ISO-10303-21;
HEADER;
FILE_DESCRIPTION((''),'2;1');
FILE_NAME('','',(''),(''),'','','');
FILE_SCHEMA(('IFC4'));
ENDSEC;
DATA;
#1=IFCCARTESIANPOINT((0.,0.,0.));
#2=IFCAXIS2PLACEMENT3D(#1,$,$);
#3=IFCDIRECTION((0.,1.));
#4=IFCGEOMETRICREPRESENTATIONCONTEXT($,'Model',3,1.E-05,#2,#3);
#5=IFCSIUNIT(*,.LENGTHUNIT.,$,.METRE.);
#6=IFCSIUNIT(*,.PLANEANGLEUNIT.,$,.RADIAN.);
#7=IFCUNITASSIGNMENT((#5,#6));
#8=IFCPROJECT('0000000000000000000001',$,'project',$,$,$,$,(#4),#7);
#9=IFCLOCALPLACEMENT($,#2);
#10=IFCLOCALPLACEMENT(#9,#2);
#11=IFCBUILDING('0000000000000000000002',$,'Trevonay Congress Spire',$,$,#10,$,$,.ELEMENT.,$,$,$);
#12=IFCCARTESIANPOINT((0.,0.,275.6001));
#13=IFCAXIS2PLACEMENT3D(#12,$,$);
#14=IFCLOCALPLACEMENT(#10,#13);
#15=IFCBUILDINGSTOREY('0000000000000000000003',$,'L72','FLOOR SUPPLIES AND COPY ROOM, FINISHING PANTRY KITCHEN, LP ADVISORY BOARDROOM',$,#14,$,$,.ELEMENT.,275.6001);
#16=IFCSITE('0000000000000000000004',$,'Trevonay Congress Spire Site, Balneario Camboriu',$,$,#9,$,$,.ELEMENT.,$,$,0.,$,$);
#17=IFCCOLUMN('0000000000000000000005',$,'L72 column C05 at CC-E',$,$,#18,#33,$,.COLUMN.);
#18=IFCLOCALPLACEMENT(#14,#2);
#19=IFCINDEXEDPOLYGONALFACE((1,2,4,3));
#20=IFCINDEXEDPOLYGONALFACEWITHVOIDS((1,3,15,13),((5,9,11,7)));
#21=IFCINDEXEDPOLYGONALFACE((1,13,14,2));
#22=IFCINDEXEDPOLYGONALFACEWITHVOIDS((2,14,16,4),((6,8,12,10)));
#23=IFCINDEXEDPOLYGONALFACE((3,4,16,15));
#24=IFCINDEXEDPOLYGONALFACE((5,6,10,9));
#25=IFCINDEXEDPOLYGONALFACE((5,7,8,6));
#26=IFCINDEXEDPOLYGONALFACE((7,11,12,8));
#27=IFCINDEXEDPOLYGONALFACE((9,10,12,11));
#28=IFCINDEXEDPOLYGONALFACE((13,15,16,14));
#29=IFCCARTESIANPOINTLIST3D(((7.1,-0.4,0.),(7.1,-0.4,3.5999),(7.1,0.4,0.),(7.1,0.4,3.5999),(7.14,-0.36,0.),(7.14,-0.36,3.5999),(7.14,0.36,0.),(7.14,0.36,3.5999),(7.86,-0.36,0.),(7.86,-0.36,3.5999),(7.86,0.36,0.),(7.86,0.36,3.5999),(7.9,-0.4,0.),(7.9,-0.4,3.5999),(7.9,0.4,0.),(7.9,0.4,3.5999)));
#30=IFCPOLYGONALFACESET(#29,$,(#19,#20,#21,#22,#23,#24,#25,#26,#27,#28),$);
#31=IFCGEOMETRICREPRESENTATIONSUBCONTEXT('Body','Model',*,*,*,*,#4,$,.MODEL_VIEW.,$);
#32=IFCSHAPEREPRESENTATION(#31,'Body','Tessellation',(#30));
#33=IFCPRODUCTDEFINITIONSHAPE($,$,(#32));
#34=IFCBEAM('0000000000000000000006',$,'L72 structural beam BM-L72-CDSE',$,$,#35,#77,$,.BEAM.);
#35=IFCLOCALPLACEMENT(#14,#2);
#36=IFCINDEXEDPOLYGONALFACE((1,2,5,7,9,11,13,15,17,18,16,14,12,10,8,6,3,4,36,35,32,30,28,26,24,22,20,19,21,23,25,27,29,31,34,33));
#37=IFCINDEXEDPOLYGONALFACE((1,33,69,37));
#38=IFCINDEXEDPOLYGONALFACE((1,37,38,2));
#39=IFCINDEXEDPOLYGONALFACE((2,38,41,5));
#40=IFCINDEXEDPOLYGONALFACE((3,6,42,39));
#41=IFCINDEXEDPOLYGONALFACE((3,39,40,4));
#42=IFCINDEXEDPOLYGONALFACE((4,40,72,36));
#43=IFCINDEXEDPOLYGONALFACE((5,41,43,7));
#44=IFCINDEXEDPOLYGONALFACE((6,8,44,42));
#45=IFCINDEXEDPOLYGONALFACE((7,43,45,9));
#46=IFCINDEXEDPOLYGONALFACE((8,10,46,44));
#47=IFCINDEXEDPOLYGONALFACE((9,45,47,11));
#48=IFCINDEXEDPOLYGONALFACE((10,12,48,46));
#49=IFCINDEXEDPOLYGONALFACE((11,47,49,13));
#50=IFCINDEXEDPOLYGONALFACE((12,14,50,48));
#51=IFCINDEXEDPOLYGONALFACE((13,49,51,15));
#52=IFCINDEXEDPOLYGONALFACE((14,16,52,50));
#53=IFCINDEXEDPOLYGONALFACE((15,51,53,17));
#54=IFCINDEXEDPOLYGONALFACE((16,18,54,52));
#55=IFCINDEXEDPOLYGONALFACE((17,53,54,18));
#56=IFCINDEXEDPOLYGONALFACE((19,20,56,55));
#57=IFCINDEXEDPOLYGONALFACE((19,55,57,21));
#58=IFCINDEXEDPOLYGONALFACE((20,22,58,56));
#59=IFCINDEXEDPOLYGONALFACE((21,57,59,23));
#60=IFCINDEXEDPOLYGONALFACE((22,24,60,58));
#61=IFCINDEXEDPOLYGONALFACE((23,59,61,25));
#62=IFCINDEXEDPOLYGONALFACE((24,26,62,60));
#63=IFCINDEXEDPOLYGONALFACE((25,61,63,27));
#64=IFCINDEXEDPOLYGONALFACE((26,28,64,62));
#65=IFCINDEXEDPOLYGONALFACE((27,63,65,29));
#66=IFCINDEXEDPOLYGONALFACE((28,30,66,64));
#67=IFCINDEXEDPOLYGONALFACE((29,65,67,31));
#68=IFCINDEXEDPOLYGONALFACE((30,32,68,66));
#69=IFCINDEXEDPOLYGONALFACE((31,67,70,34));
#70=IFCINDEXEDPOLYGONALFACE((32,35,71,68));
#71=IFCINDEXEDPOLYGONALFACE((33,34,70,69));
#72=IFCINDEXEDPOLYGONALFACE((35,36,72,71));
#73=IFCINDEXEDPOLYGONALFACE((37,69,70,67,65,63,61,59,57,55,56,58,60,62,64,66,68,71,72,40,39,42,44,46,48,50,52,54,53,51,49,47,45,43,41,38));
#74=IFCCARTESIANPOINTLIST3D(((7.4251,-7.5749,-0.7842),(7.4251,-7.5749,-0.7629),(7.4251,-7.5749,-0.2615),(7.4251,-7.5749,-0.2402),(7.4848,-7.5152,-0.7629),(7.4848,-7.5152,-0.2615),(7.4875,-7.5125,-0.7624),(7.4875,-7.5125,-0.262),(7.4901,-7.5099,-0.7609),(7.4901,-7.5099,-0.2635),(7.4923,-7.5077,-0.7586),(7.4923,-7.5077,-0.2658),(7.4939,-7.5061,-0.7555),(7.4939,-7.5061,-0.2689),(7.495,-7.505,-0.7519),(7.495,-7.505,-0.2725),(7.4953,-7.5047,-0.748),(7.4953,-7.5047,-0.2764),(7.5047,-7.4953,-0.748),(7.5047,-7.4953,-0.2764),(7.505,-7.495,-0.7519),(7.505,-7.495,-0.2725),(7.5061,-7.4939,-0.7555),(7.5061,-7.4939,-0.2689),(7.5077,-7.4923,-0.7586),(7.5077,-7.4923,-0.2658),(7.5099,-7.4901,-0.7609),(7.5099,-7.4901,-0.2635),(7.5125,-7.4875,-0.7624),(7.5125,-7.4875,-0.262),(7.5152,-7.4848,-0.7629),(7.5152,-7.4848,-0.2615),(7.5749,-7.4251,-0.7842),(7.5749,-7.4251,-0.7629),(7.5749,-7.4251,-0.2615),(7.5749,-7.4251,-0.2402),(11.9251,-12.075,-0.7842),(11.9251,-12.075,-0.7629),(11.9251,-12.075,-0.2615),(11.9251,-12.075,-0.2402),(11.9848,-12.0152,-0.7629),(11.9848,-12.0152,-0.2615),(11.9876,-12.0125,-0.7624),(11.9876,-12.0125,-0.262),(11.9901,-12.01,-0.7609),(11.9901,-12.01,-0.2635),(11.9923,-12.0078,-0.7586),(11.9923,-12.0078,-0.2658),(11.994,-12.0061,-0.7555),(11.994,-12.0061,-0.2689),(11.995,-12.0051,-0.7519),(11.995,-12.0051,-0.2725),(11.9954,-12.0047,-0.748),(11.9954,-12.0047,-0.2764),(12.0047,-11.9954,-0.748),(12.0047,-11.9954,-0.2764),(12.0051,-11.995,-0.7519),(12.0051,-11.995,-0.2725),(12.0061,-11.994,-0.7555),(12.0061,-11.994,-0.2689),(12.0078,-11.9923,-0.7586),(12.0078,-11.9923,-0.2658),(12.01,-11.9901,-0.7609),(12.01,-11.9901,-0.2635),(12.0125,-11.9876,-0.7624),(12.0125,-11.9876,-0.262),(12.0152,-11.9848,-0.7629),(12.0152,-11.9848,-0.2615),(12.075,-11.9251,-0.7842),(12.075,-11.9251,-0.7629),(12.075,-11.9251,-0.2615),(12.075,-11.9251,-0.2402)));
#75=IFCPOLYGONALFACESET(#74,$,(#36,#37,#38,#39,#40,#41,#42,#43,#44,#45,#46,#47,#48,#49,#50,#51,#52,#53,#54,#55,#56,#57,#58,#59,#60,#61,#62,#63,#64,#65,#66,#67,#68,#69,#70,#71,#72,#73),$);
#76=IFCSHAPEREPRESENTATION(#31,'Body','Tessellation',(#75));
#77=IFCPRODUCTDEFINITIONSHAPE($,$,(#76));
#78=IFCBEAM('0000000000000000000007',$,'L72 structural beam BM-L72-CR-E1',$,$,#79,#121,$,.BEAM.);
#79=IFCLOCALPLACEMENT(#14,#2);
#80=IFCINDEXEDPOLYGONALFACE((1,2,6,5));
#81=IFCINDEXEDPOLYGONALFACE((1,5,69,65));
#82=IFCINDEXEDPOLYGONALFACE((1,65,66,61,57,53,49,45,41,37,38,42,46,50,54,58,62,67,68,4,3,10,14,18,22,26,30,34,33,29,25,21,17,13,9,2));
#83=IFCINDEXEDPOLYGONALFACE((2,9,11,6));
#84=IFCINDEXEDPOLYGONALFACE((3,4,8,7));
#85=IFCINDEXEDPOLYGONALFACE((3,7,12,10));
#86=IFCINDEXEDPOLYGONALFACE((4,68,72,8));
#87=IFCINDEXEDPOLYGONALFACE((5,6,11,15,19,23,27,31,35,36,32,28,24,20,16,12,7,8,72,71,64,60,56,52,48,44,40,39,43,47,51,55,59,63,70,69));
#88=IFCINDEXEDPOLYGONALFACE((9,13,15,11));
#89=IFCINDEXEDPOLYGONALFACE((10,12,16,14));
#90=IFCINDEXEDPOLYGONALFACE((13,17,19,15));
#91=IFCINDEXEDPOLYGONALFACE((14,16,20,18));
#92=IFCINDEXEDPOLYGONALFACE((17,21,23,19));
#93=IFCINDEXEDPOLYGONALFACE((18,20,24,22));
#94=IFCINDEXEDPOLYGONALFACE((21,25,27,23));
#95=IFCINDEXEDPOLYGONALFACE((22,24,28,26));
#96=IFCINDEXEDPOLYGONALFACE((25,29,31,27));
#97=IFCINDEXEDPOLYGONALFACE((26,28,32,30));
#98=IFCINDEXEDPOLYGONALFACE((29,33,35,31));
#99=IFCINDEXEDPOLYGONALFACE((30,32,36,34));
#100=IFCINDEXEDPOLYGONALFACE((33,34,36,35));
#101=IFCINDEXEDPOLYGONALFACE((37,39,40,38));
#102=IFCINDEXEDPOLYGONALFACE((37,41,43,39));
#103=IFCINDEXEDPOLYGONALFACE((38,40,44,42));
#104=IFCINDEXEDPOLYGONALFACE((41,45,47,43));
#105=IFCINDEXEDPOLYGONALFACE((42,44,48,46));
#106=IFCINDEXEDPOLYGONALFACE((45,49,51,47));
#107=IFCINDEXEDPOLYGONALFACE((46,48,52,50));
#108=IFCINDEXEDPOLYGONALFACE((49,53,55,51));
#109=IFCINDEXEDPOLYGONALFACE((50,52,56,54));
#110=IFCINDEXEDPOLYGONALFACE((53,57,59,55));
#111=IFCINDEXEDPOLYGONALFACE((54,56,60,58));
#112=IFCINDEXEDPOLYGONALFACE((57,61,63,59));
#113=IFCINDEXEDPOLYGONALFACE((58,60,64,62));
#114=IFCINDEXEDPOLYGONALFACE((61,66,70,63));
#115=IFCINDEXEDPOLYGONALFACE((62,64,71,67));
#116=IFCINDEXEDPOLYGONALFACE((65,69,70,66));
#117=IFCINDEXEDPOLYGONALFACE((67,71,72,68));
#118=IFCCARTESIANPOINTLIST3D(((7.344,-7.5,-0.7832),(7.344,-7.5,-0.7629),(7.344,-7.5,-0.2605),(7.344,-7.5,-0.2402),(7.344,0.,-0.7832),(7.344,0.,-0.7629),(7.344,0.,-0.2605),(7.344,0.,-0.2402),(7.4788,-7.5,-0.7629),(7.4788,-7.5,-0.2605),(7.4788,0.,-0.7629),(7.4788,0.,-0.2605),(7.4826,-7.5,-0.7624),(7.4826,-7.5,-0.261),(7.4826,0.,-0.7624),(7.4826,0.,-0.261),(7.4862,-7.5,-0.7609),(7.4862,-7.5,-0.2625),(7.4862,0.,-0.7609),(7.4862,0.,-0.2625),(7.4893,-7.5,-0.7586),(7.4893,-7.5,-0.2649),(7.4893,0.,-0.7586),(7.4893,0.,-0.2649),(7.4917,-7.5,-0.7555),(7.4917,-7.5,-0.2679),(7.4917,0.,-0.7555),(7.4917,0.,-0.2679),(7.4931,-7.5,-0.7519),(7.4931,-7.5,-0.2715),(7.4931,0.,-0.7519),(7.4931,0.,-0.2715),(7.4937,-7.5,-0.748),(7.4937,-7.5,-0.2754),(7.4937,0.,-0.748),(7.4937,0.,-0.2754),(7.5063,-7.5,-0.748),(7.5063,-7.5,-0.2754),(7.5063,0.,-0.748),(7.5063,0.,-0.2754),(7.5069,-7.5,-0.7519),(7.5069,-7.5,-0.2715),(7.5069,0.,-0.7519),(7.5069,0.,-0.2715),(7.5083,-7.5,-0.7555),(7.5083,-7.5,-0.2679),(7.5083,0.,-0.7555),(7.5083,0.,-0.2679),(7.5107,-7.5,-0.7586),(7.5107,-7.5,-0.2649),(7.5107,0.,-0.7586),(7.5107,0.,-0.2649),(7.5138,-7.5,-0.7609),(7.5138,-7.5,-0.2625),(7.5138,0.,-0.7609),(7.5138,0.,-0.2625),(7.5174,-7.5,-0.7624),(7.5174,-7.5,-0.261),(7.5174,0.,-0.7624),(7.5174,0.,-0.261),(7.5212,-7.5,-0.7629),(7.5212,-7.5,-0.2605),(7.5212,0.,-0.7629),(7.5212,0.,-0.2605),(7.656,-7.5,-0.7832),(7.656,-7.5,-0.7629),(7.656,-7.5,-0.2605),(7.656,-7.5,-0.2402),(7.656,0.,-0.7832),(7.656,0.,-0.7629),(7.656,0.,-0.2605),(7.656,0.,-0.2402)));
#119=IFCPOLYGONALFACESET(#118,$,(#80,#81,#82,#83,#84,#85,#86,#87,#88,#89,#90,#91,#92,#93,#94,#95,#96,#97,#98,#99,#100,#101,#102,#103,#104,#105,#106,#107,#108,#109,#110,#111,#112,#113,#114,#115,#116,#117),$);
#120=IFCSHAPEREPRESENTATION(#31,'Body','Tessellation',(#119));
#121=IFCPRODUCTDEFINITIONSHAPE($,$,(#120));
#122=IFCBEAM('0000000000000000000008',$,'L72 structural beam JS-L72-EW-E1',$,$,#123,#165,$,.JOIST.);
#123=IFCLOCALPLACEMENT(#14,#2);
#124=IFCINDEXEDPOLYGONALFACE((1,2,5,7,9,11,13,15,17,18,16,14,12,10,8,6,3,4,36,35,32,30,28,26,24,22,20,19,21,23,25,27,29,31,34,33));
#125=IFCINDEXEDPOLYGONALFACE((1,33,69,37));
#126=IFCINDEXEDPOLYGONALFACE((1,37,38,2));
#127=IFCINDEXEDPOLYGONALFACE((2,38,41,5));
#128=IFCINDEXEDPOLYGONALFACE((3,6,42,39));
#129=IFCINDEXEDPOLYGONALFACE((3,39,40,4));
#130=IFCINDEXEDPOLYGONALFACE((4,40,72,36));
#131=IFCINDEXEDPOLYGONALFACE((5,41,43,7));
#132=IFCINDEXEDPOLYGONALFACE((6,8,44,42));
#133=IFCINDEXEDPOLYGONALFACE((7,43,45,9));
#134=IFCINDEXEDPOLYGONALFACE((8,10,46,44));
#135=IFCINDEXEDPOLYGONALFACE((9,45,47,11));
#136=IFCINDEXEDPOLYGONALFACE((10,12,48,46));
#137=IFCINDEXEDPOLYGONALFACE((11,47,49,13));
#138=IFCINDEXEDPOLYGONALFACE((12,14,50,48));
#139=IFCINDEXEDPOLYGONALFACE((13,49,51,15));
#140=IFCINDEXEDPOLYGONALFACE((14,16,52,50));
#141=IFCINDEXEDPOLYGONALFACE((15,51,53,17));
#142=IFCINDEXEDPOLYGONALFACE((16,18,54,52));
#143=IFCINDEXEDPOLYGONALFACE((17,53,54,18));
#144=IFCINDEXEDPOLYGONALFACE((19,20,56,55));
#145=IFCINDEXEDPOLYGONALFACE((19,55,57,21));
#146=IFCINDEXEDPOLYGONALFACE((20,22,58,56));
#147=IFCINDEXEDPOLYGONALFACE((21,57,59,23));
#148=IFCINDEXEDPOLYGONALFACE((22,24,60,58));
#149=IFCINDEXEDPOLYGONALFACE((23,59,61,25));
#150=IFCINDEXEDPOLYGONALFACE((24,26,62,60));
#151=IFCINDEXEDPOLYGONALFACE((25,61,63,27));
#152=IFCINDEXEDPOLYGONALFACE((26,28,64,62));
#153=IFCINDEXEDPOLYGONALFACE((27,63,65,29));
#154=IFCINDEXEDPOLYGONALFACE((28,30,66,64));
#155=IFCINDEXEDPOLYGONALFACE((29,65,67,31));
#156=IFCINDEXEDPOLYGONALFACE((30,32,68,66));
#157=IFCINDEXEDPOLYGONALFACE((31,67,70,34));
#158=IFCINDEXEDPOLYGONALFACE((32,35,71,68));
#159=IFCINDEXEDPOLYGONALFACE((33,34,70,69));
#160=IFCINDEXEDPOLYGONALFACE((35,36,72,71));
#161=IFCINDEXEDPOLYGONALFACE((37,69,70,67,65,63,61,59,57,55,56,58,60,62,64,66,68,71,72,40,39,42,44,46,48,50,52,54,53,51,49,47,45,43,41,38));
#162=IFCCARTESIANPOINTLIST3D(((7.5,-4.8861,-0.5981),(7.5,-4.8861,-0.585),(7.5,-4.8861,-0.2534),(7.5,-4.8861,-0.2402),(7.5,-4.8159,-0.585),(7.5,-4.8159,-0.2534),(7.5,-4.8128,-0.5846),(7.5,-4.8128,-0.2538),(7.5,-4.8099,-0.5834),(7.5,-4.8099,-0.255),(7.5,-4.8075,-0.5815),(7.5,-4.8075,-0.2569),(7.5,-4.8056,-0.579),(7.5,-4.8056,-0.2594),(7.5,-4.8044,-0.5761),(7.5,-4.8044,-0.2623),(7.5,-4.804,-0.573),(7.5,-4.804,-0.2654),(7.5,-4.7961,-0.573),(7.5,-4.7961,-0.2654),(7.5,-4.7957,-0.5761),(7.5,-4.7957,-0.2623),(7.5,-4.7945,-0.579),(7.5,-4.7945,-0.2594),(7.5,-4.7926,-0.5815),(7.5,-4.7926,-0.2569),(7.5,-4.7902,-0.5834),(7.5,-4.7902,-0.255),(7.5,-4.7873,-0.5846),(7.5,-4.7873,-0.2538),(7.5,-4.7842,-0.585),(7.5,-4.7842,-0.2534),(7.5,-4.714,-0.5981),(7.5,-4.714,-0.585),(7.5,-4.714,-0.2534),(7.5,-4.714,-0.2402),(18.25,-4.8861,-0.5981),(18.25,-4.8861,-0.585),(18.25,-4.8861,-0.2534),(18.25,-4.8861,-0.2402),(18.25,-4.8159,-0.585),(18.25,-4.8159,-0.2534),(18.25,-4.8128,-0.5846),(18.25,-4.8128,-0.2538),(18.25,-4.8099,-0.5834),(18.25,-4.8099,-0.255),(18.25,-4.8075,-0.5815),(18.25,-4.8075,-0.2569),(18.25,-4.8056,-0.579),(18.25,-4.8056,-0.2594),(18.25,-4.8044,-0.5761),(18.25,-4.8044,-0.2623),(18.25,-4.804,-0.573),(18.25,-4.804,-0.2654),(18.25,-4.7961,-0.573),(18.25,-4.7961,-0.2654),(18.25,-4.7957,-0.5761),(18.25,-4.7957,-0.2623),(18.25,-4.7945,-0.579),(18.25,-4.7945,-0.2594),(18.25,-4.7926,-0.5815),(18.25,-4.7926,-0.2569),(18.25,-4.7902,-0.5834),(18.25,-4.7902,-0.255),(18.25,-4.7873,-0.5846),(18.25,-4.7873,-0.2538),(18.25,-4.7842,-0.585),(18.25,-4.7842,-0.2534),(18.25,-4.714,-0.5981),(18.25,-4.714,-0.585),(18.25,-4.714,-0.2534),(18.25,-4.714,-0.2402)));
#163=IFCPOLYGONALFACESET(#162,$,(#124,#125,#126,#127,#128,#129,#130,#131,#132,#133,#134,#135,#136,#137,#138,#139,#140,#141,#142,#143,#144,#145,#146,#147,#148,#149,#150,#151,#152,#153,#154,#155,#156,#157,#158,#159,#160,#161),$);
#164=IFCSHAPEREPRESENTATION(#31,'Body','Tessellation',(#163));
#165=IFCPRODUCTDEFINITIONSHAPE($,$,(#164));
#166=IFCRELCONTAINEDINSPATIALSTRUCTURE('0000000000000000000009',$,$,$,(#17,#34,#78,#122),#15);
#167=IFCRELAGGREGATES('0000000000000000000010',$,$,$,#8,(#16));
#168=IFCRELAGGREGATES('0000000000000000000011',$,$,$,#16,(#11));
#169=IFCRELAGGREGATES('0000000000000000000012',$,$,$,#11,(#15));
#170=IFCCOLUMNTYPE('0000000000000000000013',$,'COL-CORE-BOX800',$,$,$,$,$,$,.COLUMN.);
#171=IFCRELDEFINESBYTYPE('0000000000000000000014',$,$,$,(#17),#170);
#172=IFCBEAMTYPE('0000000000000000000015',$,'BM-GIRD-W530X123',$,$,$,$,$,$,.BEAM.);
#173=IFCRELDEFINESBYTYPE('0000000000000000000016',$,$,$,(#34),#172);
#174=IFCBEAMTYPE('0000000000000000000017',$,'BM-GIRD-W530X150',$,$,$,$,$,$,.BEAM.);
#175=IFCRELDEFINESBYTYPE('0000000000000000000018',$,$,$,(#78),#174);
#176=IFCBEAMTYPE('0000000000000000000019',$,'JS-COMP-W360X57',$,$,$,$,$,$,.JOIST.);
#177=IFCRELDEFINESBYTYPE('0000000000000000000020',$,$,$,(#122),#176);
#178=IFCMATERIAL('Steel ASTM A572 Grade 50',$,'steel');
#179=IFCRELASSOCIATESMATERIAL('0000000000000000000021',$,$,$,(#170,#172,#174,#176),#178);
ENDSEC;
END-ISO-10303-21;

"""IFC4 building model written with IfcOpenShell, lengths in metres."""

from ifc_helpers import new_model, si_unit, direction, frame, origin, origin_2d, place, context, subcontext, project, spatial, hollow_rectangle, i_section, extrude, material, material_profile, profile_set, type_object, element, save


model = new_model("IFC4")

# Units and contexts
model_context = context("Model", 3, precision=1e-05, world=origin(), true_north=direction((0.0, 1.0)))
body_context = subcontext(model_context, "Body", "Model", "MODEL_VIEW")
ifc_project = project(units=[si_unit("LENGTHUNIT", "METRE"), si_unit("PLANEANGLEUNIT", "RADIAN")], contexts=[model_context])

# Site, building, storey
site_placement = place(None, origin())
site = spatial("IfcSite", under=ifc_project, at=site_placement, Name="Trevonay Congress Spire Site, Balneario Camboriu", CompositionType="ELEMENT", RefElevation=0.0)
building_placement = place(site_placement, origin())
building = spatial("IfcBuilding", under=site, at=building_placement, Name="Trevonay Congress Spire", CompositionType="ELEMENT")
storey_placement = place(building_placement, frame((0.0, 0.0, 275.6001)))
storey = spatial("IfcBuildingStorey", under=building, at=storey_placement, Name="L72", Description="FLOOR SUPPLIES AND COPY ROOM, FINISHING PANTRY KITCHEN, LP ADVISORY BOARDROOM", CompositionType="ELEMENT", Elevation=275.6001)

# Column
ifc_material_1 = material(Name="Steel ASTM A572 Grade 50", Category="steel")
ifc_material_profile_1 = material_profile(ifc_material_1, hollow_rectangle(XDim=0.8, YDim=0.8, WallThickness=0.04, at=origin_2d()), Name="BOX 800x800x40")
ifc_profile_set_1 = profile_set([ifc_material_profile_1], Name="Steel ASTM A572 Grade 50")
column_type = type_object("IfcColumnType", Name="COL-CORE-BOX800", PredefinedType="COLUMN", material=ifc_profile_set_1)
column_placement = place(storey_placement, frame((7.5, 0.0, 0.0), z_axis=(0.0, 0.0, 1.0), x_axis=(1.0, 0.0, 0.0)))
element("IfcColumn", 1, at=column_placement, inside=storey, type_object=column_type, Name="L72 column C05 at CC-E", PredefinedType="COLUMN", context=body_context, shape_type="SweptSolid", body=[
    extrude(hollow_rectangle(XDim=0.8, YDim=0.8, WallThickness=0.04, at=origin_2d()), origin(), (0.0, 0.0, 1.0), 3.5999),
])

# Beams
ifc_material_profile_2 = material_profile(ifc_material_1, i_section(OverallWidth=0.2119, OverallDepth=0.5439, WebThickness=0.0132, FlangeThickness=0.0212, FilletRadius=0.0149, at=origin_2d()), Name="W530x123")
ifc_profile_set_2 = profile_set([ifc_material_profile_2], Name="Steel ASTM A572 Grade 50")
beam_type_1 = type_object("IfcBeamType", Name="BM-GIRD-W530X123", PredefinedType="BEAM", material=ifc_profile_set_2)
beam_1_placement = place(storey_placement, frame((7.5, -7.5, -0.5122), z_axis=(0.707107, -0.707107, 0.0), x_axis=(0.707107, 0.707107, 0.0)))
element("IfcBeam", 2, at=beam_1_placement, inside=storey, type_object=beam_type_1, Name="L72 structural beam BM-L72-CDSE", PredefinedType="BEAM", context=body_context, shape_type="SweptSolid", body=[
    extrude(i_section(OverallWidth=0.2119, OverallDepth=0.5439, WebThickness=0.0132, FlangeThickness=0.0212, FilletRadius=0.0149, at=origin_2d()), origin(), (0.0, 0.0, 1.0), 6.364),
])
ifc_material_profile_3 = material_profile(ifc_material_1, i_section(OverallWidth=0.312, OverallDepth=0.543, WebThickness=0.0127, FlangeThickness=0.0203, FilletRadius=0.0149, at=origin_2d()), Name="W530x150")
ifc_profile_set_3 = profile_set([ifc_material_profile_3], Name="Steel ASTM A572 Grade 50")
beam_type_2 = type_object("IfcBeamType", Name="BM-GIRD-W530X150", PredefinedType="BEAM", material=ifc_profile_set_3)
beam_2_placement = place(storey_placement, frame((7.5, -7.5, -0.5117), z_axis=(0.0, 1.0, 0.0), x_axis=(-1.0, 0.0, 0.0)))
element("IfcBeam", 3, at=beam_2_placement, inside=storey, type_object=beam_type_2, Name="L72 structural beam BM-L72-CR-E1", PredefinedType="BEAM", context=body_context, shape_type="SweptSolid", body=[
    extrude(i_section(OverallWidth=0.312, OverallDepth=0.543, WebThickness=0.0127, FlangeThickness=0.0203, FilletRadius=0.0149, at=origin_2d()), origin(), (0.0, 0.0, 1.0), 7.5),
])
ifc_material_profile_4 = material_profile(ifc_material_1, i_section(OverallWidth=0.1721, OverallDepth=0.3579, WebThickness=0.0078, FlangeThickness=0.0132, FilletRadius=0.012, at=origin_2d()), Name="W360x57.8")
ifc_profile_set_4 = profile_set([ifc_material_profile_4], Name="Steel ASTM A572 Grade 50")
beam_type_3 = type_object("IfcBeamType", Name="JS-COMP-W360X57", PredefinedType="JOIST", material=ifc_profile_set_4)
beam_3_placement = place(storey_placement, frame((7.5, -4.8, -0.4192), z_axis=(1.0, 0.0, 0.0), x_axis=(0.0, 1.0, 0.0)))
element("IfcBeam", 4, at=beam_3_placement, inside=storey, type_object=beam_type_3, Name="L72 structural beam JS-L72-EW-E1", PredefinedType="JOIST", context=body_context, shape_type="SweptSolid", body=[
    extrude(i_section(OverallWidth=0.1721, OverallDepth=0.3579, WebThickness=0.0078, FlangeThickness=0.0132, FilletRadius=0.012, at=origin_2d()), origin(), (0.0, 0.0, 1.0), 10.75),
])

save(model, "model.ifc")
